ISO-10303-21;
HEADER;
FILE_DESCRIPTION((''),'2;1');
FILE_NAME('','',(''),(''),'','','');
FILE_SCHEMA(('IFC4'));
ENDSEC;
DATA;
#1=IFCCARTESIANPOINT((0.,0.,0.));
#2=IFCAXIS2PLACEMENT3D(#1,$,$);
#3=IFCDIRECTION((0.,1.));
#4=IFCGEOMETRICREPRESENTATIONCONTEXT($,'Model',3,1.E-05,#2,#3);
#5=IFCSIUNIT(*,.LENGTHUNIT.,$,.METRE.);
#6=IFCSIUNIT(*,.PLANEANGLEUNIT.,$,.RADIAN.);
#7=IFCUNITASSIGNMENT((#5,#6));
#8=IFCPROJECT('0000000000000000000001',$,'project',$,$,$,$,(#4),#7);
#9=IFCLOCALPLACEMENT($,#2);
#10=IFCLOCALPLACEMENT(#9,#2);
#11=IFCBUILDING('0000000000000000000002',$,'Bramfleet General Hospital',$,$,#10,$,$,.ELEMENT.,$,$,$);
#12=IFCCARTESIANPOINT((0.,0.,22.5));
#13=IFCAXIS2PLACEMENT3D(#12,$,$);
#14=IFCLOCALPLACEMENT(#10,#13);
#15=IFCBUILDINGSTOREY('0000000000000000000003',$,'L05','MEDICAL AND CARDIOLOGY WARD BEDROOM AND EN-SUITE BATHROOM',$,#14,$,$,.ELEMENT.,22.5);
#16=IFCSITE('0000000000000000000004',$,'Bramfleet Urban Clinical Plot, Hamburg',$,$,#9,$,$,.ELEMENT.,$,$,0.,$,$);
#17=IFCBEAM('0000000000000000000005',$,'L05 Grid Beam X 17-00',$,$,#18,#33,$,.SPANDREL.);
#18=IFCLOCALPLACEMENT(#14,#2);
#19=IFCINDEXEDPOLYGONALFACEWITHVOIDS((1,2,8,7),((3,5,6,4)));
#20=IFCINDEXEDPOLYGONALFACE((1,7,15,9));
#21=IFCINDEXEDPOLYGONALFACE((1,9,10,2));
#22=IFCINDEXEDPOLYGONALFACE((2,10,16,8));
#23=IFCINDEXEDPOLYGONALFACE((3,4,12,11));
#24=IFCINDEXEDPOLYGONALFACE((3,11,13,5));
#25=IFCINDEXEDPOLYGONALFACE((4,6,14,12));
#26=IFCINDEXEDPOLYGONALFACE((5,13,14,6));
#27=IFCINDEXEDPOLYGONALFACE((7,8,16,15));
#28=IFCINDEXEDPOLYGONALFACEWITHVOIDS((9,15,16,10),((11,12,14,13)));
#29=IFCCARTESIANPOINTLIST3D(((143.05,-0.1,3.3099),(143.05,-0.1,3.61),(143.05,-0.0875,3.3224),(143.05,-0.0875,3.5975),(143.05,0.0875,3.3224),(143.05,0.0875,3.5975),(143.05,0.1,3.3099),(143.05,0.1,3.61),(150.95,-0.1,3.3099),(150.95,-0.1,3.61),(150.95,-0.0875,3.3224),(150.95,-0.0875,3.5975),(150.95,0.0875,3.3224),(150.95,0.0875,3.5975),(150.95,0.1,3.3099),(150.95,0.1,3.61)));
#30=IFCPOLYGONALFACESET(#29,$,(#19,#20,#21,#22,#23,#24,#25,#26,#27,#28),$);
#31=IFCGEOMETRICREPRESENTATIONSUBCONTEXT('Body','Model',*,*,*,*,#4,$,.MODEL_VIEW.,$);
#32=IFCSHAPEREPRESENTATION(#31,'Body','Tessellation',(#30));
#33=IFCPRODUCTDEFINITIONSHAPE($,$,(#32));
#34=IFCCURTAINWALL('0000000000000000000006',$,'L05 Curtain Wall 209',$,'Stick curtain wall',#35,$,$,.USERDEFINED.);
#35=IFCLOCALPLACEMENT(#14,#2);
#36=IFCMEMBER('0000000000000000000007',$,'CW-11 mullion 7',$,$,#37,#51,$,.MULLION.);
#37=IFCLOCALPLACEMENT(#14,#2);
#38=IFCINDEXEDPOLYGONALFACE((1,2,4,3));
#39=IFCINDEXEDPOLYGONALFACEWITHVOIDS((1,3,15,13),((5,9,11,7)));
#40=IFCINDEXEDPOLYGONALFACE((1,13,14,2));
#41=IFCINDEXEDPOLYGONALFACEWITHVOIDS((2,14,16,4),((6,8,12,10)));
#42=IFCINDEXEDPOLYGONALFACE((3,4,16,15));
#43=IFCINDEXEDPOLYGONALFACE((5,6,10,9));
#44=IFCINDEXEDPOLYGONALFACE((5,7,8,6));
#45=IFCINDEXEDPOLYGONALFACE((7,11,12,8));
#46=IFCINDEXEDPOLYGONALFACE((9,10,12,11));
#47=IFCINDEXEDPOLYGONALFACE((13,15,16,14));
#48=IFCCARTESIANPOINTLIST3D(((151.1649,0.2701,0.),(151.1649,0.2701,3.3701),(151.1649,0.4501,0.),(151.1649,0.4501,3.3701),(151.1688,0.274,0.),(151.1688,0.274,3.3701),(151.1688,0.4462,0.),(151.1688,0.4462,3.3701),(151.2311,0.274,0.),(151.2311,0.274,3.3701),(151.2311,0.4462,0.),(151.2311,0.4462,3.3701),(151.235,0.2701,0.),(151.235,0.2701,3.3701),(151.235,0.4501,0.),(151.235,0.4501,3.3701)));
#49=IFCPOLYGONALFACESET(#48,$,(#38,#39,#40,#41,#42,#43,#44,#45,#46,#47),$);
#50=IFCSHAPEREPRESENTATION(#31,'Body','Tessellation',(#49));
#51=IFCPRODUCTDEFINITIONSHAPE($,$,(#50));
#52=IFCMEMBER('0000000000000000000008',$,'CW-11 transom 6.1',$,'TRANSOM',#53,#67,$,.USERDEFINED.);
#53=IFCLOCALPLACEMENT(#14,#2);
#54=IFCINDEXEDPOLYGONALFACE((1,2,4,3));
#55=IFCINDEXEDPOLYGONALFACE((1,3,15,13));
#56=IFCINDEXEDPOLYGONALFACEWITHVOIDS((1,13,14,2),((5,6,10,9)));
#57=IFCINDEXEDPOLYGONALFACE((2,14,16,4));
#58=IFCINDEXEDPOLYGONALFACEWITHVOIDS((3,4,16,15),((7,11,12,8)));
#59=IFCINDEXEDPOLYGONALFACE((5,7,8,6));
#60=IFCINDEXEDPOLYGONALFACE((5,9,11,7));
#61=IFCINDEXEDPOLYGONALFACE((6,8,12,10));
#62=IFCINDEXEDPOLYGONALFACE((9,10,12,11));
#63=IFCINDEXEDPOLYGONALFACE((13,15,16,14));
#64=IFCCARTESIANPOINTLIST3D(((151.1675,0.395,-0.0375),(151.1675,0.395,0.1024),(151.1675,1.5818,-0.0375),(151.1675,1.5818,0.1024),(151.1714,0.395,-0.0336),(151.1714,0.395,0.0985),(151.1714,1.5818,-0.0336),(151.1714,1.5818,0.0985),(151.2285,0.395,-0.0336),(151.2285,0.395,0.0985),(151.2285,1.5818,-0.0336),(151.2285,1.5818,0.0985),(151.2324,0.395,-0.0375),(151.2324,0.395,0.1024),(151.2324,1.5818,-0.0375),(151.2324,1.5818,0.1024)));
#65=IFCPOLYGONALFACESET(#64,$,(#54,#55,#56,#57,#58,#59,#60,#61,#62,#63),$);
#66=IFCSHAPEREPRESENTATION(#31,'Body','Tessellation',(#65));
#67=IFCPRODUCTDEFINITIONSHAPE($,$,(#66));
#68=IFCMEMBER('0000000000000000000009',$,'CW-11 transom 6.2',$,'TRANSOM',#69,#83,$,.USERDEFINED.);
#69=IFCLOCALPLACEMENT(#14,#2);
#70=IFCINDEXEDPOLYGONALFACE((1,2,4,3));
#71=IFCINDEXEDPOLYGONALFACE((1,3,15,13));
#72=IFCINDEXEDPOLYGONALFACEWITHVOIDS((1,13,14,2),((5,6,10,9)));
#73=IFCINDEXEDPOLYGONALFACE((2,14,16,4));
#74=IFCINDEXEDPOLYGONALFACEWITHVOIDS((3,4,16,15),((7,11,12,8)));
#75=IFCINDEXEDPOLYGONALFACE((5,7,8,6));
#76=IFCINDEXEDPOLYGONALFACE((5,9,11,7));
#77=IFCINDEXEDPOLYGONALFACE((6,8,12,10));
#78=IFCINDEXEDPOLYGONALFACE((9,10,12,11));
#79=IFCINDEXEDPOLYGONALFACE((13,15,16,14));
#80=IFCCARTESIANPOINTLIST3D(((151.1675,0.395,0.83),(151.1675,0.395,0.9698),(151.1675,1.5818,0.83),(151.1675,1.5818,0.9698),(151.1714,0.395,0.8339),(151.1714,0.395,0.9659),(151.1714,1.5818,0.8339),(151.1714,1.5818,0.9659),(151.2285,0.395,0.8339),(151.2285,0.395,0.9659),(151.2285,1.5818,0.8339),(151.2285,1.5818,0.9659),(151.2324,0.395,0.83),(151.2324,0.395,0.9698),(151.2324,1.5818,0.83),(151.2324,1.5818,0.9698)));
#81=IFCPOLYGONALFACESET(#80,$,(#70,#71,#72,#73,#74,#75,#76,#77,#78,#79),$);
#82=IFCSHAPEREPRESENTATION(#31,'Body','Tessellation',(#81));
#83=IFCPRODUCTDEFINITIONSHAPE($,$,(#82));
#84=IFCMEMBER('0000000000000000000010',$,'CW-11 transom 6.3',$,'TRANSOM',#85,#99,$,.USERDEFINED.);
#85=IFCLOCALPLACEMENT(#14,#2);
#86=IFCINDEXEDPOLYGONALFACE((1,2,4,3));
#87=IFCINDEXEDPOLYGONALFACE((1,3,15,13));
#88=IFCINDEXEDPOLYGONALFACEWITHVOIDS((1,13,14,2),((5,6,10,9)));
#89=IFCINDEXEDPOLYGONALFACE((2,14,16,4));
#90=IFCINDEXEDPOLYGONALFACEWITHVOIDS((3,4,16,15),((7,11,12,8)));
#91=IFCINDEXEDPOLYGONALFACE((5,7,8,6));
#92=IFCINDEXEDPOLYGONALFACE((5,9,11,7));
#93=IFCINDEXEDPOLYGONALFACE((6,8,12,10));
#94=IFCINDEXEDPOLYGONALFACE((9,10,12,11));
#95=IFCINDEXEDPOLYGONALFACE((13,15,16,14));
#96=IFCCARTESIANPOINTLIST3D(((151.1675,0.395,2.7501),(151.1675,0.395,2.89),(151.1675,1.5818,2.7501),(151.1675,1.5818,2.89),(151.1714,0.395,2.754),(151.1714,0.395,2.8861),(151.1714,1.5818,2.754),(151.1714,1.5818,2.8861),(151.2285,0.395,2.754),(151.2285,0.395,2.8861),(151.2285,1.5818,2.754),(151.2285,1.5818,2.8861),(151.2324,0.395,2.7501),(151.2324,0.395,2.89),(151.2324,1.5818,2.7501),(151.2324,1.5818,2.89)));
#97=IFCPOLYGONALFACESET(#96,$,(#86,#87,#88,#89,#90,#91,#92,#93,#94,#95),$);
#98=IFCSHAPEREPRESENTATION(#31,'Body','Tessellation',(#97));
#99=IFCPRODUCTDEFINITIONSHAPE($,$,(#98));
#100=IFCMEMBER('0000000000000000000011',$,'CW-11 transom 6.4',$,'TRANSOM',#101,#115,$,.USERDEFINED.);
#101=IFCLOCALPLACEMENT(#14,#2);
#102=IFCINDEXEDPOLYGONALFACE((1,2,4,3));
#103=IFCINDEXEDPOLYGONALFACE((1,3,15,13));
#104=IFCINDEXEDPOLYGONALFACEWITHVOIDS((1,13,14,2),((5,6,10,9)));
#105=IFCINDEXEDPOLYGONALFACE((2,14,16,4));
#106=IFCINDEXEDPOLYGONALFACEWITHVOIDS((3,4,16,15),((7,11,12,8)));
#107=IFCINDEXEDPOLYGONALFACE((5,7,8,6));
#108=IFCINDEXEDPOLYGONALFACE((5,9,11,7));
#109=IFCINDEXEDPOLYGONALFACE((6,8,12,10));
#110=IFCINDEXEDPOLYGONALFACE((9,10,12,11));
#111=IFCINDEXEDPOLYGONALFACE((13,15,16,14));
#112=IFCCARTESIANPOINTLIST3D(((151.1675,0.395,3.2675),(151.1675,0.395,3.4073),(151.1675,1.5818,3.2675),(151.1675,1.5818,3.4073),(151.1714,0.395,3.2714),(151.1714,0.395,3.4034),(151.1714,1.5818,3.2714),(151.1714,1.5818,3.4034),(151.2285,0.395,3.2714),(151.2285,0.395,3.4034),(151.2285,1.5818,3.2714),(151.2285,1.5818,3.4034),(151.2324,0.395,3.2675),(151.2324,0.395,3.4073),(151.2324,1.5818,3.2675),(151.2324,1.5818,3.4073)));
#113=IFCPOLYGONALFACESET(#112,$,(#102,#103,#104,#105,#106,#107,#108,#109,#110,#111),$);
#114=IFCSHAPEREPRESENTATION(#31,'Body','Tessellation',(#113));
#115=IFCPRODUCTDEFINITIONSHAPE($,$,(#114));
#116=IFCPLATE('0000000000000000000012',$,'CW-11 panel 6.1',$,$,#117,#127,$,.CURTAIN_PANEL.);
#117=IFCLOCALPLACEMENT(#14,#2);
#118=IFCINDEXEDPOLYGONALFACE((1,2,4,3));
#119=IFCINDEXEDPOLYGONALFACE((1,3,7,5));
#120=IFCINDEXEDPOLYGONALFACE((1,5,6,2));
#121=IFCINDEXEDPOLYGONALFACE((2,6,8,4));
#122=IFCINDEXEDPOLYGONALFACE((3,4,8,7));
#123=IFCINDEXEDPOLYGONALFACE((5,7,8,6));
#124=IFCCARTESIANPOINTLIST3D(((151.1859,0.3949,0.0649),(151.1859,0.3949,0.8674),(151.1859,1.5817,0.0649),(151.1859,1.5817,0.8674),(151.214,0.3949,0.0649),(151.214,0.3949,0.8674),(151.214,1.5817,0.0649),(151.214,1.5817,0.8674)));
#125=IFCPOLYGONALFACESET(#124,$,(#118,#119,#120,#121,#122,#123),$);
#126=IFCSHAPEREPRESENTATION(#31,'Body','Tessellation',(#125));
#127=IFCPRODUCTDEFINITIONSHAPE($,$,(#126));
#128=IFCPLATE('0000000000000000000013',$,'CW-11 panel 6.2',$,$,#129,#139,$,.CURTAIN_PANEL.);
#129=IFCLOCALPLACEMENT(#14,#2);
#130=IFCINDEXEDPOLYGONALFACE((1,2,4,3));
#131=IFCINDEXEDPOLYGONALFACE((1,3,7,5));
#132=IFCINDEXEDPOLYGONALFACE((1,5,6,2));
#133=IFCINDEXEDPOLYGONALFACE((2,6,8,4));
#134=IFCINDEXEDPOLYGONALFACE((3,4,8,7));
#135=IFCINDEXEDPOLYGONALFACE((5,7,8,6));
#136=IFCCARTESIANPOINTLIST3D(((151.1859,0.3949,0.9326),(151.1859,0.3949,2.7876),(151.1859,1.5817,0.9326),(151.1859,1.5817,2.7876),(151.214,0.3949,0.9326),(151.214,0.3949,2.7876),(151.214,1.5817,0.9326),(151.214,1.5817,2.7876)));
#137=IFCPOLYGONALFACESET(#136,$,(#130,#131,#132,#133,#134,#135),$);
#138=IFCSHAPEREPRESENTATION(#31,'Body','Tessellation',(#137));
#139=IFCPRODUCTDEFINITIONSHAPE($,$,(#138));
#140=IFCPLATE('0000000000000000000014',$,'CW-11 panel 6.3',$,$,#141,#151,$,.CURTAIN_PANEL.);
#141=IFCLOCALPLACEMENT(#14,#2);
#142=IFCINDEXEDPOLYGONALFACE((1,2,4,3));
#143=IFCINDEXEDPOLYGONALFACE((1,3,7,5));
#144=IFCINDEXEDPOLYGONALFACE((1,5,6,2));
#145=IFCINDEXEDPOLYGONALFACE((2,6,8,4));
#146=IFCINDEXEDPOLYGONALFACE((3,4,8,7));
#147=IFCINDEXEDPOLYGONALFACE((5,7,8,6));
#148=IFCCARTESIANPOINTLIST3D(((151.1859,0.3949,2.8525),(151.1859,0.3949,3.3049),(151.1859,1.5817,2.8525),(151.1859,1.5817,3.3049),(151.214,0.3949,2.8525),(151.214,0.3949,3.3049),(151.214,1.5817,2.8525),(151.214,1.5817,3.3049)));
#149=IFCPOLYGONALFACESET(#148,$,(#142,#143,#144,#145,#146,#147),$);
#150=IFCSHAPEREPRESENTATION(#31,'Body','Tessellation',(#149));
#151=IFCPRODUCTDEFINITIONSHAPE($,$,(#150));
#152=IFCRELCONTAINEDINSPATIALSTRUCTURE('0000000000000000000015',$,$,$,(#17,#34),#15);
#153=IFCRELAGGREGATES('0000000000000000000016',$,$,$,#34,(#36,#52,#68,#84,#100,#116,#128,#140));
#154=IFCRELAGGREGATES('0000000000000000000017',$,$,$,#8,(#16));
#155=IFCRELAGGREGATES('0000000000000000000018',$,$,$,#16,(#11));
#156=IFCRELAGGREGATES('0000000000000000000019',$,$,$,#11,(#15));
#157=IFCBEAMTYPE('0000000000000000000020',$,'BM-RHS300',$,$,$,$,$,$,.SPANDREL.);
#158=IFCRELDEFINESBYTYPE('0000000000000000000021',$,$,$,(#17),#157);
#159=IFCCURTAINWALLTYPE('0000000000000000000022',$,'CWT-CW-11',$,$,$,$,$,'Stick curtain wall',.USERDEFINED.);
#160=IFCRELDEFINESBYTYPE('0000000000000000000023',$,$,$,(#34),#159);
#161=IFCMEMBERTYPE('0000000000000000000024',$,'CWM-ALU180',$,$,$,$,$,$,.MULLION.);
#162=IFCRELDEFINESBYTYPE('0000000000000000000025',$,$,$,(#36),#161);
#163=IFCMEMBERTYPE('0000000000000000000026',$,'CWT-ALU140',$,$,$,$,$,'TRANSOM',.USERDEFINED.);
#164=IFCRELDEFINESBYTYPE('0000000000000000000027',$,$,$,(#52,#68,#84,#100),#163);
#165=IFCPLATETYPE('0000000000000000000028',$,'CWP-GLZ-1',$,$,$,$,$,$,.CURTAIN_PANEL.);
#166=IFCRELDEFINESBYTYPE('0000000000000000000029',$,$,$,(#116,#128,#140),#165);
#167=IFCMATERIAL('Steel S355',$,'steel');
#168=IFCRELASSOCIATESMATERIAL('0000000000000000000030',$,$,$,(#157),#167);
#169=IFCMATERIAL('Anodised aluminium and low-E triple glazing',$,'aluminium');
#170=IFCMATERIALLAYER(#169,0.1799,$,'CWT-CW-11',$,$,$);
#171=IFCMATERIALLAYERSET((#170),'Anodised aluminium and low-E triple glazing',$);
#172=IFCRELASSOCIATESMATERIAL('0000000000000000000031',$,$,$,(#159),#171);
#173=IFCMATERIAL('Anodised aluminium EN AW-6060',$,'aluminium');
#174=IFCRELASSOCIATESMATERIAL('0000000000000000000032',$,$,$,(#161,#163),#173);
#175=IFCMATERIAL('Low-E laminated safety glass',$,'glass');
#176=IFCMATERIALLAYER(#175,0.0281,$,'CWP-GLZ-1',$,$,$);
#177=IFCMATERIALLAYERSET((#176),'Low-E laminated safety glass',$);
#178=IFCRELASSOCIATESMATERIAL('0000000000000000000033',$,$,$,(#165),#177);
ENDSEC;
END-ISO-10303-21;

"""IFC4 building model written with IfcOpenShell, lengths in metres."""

from ifc_helpers import new_model, si_unit, direction, frame, origin, origin_2d, place, context, subcontext, project, spatial, rectangle, hollow_rectangle, extrude, material, layer, layer_set, material_profile, profile_set, type_object, element, aggregate, save


model = new_model("IFC4")

# Units and contexts
model_context = context("Model", 3, precision=1e-05, world=origin(), true_north=direction((0.0, 1.0)))
body_context = subcontext(model_context, "Body", "Model", "MODEL_VIEW")
ifc_project = project(units=[si_unit("LENGTHUNIT", "METRE"), si_unit("PLANEANGLEUNIT", "RADIAN")], contexts=[model_context])

# Site, building, storey
site_placement = place(None, origin())
site = spatial("IfcSite", under=ifc_project, at=site_placement, Name="Bramfleet Urban Clinical Plot, Hamburg", CompositionType="ELEMENT", RefElevation=0.0)
building_placement = place(site_placement, origin())
building = spatial("IfcBuilding", under=site, at=building_placement, Name="Bramfleet General Hospital", CompositionType="ELEMENT")
storey_placement = place(building_placement, frame((0.0, 0.0, 22.5)))
storey = spatial("IfcBuildingStorey", under=building, at=storey_placement, Name="L05", Description="MEDICAL AND CARDIOLOGY WARD BEDROOM AND EN-SUITE BATHROOM", CompositionType="ELEMENT", Elevation=22.5)

# Beam
ifc_material_1 = material(Name="Steel S355", Category="steel")
ifc_material_profile_1 = material_profile(ifc_material_1, hollow_rectangle(XDim=0.2, YDim=0.3, WallThickness=0.0125, at=origin_2d()), Name="RHS 300x200x12.5")
ifc_profile_set_1 = profile_set([ifc_material_profile_1], Name="Steel S355")
beam_type_1 = type_object("IfcBeamType", Name="BM-RHS300", PredefinedType="SPANDREL", material=ifc_profile_set_1)
beam_1_placement = place(storey_placement, frame((143.05, 0.0, 3.46), z_axis=(1.0, 0.0, 0.0), x_axis=(0.0, 1.0, 0.0)))
element("IfcBeam", 1, at=beam_1_placement, inside=storey, type_object=beam_type_1, Name="L05 Grid Beam X 17-00", PredefinedType="SPANDREL", context=body_context, shape_type="SweptSolid", body=[
    extrude(hollow_rectangle(XDim=0.2, YDim=0.3, WallThickness=0.0125, at=origin_2d()), origin(), (0.0, 0.0, 1.0), 7.8999),
])

# Curtain wall, members, plates
ifc_material_2 = material(Name="Anodised aluminium and low-E triple glazing", Category="aluminium")
ifc_layer_1 = layer(ifc_material_2, 0.1799, Name="CWT-CW-11")
ifc_layer_set_1 = layer_set([ifc_layer_1], Name="Anodised aluminium and low-E triple glazing")
curtain_wall_type = type_object("IfcCurtainWallType", Name="CWT-CW-11", ElementType="Stick curtain wall", PredefinedType="USERDEFINED", material=ifc_layer_set_1)
curtain_wall_placement = place(storey_placement, origin())
curtain_wall = element("IfcCurtainWall", 2, at=curtain_wall_placement, inside=storey, type_object=curtain_wall_type, Name="L05 Curtain Wall 209", ObjectType="Stick curtain wall", PredefinedType="USERDEFINED")
ifc_material_3 = material(Name="Anodised aluminium EN AW-6060", Category="aluminium")
ifc_material_profile_2 = material_profile(ifc_material_3, hollow_rectangle(XDim=0.0701, YDim=0.1799, WallThickness=0.0039, at=origin_2d()), Name="ALU 180x70x4.0")
ifc_profile_set_2 = profile_set([ifc_material_profile_2], Name="Anodised aluminium EN AW-6060")
member_type_1 = type_object("IfcMemberType", Name="CWM-ALU180", PredefinedType="MULLION", material=ifc_profile_set_2)
member_1_placement = place(storey_placement, frame((151.2, 0.3601, 0.0), z_axis=(0.0, 0.0, 1.0), x_axis=(1.0, 0.0, 0.0)))
member_1 = element("IfcMember", 3, at=member_1_placement, type_object=member_type_1, Name="CW-11 mullion 7", PredefinedType="MULLION", context=body_context, shape_type="SweptSolid", body=[
    extrude(hollow_rectangle(XDim=0.0701, YDim=0.1799, WallThickness=0.0039, at=origin_2d()), origin(), (0.0, 0.0, 1.0), 3.3701),
])
ifc_material_profile_3 = material_profile(ifc_material_3, hollow_rectangle(XDim=0.0649, YDim=0.1399, WallThickness=0.0039, at=origin_2d()), Name="ALU 140x65x4.0")
ifc_profile_set_3 = profile_set([ifc_material_profile_3], Name="Anodised aluminium EN AW-6060")
member_type_2 = type_object("IfcMemberType", Name="CWT-ALU140", ElementType="TRANSOM", PredefinedType="USERDEFINED", material=ifc_profile_set_3)
member_2_placement = place(storey_placement, frame((151.2, 1.5818, 0.0325), z_axis=(0.0, -1.0, 0.0), x_axis=(1.0, 0.0, 0.0)))
member_2 = element("IfcMember", 4, at=member_2_placement, type_object=member_type_2, Name="CW-11 transom 6.1", ObjectType="TRANSOM", PredefinedType="USERDEFINED", context=body_context, shape_type="SweptSolid", body=[
    extrude(hollow_rectangle(XDim=0.0649, YDim=0.1399, WallThickness=0.0039, at=origin_2d()), origin(), (0.0, 0.0, 1.0), 1.1868),
])
member_3_placement = place(storey_placement, frame((151.2, 1.5818, 0.8999), z_axis=(0.0, -1.0, 0.0), x_axis=(1.0, 0.0, 0.0)))
member_3 = element("IfcMember", 5, at=member_3_placement, type_object=member_type_2, Name="CW-11 transom 6.2", ObjectType="TRANSOM", PredefinedType="USERDEFINED", context=body_context, shape_type="SweptSolid", body=[
    extrude(hollow_rectangle(XDim=0.0649, YDim=0.1399, WallThickness=0.0039, at=origin_2d()), origin(), (0.0, 0.0, 1.0), 1.1868),
])
member_4_placement = place(storey_placement, frame((151.2, 1.5818, 2.8201), z_axis=(0.0, -1.0, 0.0), x_axis=(1.0, 0.0, 0.0)))
member_4 = element("IfcMember", 6, at=member_4_placement, type_object=member_type_2, Name="CW-11 transom 6.3", ObjectType="TRANSOM", PredefinedType="USERDEFINED", context=body_context, shape_type="SweptSolid", body=[
    extrude(hollow_rectangle(XDim=0.0649, YDim=0.1399, WallThickness=0.0039, at=origin_2d()), origin(), (0.0, 0.0, 1.0), 1.1868),
])
member_5_placement = place(storey_placement, frame((151.2, 1.5818, 3.3374), z_axis=(0.0, -1.0, 0.0), x_axis=(1.0, 0.0, 0.0)))
member_5 = element("IfcMember", 7, at=member_5_placement, type_object=member_type_2, Name="CW-11 transom 6.4", ObjectType="TRANSOM", PredefinedType="USERDEFINED", context=body_context, shape_type="SweptSolid", body=[
    extrude(hollow_rectangle(XDim=0.0649, YDim=0.1399, WallThickness=0.0039, at=origin_2d()), origin(), (0.0, 0.0, 1.0), 1.1868),
])
ifc_material_4 = material(Name="Low-E laminated safety glass", Category="glass")
ifc_layer_2 = layer(ifc_material_4, 0.0281, Name="CWP-GLZ-1")
ifc_layer_set_2 = layer_set([ifc_layer_2], Name="Low-E laminated safety glass")
plate_type = type_object("IfcPlateType", Name="CWP-GLZ-1", PredefinedType="CURTAIN_PANEL", material=ifc_layer_set_2)
plate_1_placement = place(storey_placement, frame((151.2, 0.9883, 0.0649), z_axis=(0.0, 0.0, 1.0), x_axis=(0.0, -1.0, 0.0)))
plate_1 = element("IfcPlate", 8, at=plate_1_placement, type_object=plate_type, Name="CW-11 panel 6.1", PredefinedType="CURTAIN_PANEL", context=body_context, shape_type="SweptSolid", body=[
    extrude(rectangle(XDim=1.1868, YDim=0.0281, at=origin_2d()), origin(), (0.0, 0.0, 1.0), 0.8025),
])
plate_2_placement = place(storey_placement, frame((151.2, 0.9883, 0.9326), z_axis=(0.0, 0.0, 1.0), x_axis=(0.0, -1.0, 0.0)))
plate_2 = element("IfcPlate", 9, at=plate_2_placement, type_object=plate_type, Name="CW-11 panel 6.2", PredefinedType="CURTAIN_PANEL", context=body_context, shape_type="SweptSolid", body=[
    extrude(rectangle(XDim=1.1868, YDim=0.0281, at=origin_2d()), origin(), (0.0, 0.0, 1.0), 1.855),
])
plate_3_placement = place(storey_placement, frame((151.2, 0.9883, 2.8525), z_axis=(0.0, 0.0, 1.0), x_axis=(0.0, -1.0, 0.0)))
plate_3 = element("IfcPlate", 10, at=plate_3_placement, type_object=plate_type, Name="CW-11 panel 6.3", PredefinedType="CURTAIN_PANEL", context=body_context, shape_type="SweptSolid", body=[
    extrude(rectangle(XDim=1.1868, YDim=0.0281, at=origin_2d()), origin(), (0.0, 0.0, 1.0), 0.4524),
])
aggregate(curtain_wall, [member_1, member_2, member_3, member_4, member_5, plate_1, plate_2, plate_3])

save(model, "model.ifc")
